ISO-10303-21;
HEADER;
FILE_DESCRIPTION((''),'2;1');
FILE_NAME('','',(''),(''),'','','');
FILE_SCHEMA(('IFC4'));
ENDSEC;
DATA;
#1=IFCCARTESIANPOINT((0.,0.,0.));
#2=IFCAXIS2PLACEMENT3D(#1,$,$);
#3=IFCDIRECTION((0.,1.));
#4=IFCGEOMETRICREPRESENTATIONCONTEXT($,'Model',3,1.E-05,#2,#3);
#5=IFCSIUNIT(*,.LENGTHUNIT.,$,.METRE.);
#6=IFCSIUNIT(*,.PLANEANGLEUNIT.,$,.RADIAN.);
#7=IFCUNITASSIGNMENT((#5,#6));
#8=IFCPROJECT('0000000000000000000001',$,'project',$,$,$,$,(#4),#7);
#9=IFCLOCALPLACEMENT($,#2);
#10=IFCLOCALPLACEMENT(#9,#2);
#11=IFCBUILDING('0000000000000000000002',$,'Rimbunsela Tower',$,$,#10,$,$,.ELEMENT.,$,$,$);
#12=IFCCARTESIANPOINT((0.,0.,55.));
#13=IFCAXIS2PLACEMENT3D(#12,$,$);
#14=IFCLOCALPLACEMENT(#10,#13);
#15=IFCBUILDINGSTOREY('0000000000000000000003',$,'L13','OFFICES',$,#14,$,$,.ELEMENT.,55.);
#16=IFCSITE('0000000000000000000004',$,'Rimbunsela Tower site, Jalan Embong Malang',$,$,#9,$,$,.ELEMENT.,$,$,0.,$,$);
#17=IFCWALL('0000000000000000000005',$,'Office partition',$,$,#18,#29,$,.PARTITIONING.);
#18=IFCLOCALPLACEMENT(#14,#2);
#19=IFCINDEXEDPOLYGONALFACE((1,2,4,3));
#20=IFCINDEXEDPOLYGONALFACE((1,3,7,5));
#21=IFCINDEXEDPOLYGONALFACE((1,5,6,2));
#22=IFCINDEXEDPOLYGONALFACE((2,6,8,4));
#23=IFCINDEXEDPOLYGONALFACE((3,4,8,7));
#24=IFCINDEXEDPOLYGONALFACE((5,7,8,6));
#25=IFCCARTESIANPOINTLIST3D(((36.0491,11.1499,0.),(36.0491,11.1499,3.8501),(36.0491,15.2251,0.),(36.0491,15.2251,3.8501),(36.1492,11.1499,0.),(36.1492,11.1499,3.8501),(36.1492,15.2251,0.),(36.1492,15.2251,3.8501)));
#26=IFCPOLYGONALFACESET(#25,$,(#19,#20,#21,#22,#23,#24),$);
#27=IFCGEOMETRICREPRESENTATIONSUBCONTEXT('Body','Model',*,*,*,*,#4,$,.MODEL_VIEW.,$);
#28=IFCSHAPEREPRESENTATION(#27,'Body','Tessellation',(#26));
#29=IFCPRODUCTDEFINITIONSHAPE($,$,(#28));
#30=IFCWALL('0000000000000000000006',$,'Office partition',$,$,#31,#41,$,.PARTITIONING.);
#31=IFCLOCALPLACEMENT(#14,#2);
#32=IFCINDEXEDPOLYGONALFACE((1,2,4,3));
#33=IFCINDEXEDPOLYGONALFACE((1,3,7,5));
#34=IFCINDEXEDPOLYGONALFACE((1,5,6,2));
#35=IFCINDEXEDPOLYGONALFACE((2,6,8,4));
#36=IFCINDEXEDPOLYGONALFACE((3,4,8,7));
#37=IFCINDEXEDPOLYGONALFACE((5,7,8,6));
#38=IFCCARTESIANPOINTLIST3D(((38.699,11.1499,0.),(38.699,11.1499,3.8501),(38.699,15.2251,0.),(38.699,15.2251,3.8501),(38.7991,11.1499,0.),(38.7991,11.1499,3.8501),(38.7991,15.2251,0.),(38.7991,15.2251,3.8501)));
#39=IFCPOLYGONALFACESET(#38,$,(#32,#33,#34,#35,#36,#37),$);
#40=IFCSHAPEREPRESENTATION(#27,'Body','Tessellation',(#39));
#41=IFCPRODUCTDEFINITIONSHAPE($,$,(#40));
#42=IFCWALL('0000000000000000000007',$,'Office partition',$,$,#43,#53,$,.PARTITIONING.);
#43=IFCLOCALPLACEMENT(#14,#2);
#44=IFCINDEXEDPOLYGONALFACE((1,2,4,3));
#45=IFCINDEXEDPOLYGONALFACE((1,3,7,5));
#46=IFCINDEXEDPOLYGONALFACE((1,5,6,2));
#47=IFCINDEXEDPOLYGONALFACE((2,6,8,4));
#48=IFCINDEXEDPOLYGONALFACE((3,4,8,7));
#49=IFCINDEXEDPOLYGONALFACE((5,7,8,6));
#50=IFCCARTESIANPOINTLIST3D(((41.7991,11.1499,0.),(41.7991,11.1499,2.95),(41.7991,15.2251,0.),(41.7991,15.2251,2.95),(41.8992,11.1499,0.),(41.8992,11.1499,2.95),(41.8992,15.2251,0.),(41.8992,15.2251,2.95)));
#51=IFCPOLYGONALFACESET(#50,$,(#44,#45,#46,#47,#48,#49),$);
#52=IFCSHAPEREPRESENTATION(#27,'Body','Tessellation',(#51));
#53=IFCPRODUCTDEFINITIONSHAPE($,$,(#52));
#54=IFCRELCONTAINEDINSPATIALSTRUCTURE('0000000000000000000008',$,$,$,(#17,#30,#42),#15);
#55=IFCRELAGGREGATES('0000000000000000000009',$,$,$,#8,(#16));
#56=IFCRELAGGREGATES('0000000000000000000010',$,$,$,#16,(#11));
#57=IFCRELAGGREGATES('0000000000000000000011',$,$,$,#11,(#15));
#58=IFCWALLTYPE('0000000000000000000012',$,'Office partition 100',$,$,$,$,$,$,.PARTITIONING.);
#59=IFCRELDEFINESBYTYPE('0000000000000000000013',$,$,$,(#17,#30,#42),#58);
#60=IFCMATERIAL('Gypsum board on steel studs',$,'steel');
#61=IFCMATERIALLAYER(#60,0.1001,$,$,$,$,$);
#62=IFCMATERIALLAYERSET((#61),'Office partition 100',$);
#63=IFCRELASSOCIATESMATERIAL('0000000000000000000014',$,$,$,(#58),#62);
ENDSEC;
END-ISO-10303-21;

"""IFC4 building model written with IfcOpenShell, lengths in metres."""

from ifc_helpers import new_model, si_unit, direction, frame, frame_2d, origin, place, context, subcontext, project, spatial, rectangle, extrude, material, layer, layer_set, type_object, element, save


model = new_model("IFC4")

# Units and contexts
model_context = context("Model", 3, precision=1e-05, world=origin(), true_north=direction((0.0, 1.0)))
body_context = subcontext(model_context, "Body", "Model", "MODEL_VIEW")
ifc_project = project(units=[si_unit("LENGTHUNIT", "METRE"), si_unit("PLANEANGLEUNIT", "RADIAN")], contexts=[model_context])

# Site, building, storey
site_placement = place(None, origin())
site = spatial("IfcSite", under=ifc_project, at=site_placement, Name="Rimbunsela Tower site, Jalan Embong Malang", CompositionType="ELEMENT", RefElevation=0.0)
building_placement = place(site_placement, origin())
building = spatial("IfcBuilding", under=site, at=building_placement, Name="Rimbunsela Tower", CompositionType="ELEMENT")
storey_placement = place(building_placement, frame((0.0, 0.0, 55.0)))
storey = spatial("IfcBuildingStorey", under=building, at=storey_placement, Name="L13", Description="OFFICES", CompositionType="ELEMENT", Elevation=55.0)

# Shared definitions
ifc_material_1 = material(Name="Gypsum board on steel studs", Category="steel")
ifc_layer_1 = layer(ifc_material_1, 0.1001)
ifc_layer_set_1 = layer_set([ifc_layer_1], Name="Office partition 100")
wall_type_1 = type_object("IfcWallType", Name="Office partition 100", PredefinedType="PARTITIONING", material=ifc_layer_set_1)

# Walls
for number, where, z_axis, x_axis, name in (
    (1, (36.0991, 11.1499, 0.0), (0.0, 0.0, 1.0), (0.0, 1.0, 0.0), "Office partition"),
    (2, (38.749, 11.1499, 0.0), (0.0, 0.0, 1.0), (0.0, 1.0, 0.0), "Office partition"),
):
    element("IfcWall", number, at=place(storey_placement, frame(where, z_axis=z_axis, x_axis=x_axis)), inside=storey, type_object=wall_type_1, Name=name, PredefinedType="PARTITIONING", context=body_context, shape_type="SweptSolid", body=[
        extrude(rectangle(XDim=4.0752, YDim=0.1001, at=frame_2d((2.0376, 0.0))), origin(), (0.0, 0.0, 1.0), 3.8501),
    ])
wall_1_placement = place(storey_placement, frame((41.8491, 11.1499, 0.0), z_axis=(0.0, 0.0, 1.0), x_axis=(0.0, 1.0, 0.0)))
element("IfcWall", 3, at=wall_1_placement, inside=storey, type_object=wall_type_1, Name="Office partition", PredefinedType="PARTITIONING", context=body_context, shape_type="SweptSolid", body=[
    extrude(rectangle(XDim=4.0752, YDim=0.1001, at=frame_2d((2.0376, 0.0))), origin(), (0.0, 0.0, 1.0), 2.95),
])

save(model, "model.ifc")
